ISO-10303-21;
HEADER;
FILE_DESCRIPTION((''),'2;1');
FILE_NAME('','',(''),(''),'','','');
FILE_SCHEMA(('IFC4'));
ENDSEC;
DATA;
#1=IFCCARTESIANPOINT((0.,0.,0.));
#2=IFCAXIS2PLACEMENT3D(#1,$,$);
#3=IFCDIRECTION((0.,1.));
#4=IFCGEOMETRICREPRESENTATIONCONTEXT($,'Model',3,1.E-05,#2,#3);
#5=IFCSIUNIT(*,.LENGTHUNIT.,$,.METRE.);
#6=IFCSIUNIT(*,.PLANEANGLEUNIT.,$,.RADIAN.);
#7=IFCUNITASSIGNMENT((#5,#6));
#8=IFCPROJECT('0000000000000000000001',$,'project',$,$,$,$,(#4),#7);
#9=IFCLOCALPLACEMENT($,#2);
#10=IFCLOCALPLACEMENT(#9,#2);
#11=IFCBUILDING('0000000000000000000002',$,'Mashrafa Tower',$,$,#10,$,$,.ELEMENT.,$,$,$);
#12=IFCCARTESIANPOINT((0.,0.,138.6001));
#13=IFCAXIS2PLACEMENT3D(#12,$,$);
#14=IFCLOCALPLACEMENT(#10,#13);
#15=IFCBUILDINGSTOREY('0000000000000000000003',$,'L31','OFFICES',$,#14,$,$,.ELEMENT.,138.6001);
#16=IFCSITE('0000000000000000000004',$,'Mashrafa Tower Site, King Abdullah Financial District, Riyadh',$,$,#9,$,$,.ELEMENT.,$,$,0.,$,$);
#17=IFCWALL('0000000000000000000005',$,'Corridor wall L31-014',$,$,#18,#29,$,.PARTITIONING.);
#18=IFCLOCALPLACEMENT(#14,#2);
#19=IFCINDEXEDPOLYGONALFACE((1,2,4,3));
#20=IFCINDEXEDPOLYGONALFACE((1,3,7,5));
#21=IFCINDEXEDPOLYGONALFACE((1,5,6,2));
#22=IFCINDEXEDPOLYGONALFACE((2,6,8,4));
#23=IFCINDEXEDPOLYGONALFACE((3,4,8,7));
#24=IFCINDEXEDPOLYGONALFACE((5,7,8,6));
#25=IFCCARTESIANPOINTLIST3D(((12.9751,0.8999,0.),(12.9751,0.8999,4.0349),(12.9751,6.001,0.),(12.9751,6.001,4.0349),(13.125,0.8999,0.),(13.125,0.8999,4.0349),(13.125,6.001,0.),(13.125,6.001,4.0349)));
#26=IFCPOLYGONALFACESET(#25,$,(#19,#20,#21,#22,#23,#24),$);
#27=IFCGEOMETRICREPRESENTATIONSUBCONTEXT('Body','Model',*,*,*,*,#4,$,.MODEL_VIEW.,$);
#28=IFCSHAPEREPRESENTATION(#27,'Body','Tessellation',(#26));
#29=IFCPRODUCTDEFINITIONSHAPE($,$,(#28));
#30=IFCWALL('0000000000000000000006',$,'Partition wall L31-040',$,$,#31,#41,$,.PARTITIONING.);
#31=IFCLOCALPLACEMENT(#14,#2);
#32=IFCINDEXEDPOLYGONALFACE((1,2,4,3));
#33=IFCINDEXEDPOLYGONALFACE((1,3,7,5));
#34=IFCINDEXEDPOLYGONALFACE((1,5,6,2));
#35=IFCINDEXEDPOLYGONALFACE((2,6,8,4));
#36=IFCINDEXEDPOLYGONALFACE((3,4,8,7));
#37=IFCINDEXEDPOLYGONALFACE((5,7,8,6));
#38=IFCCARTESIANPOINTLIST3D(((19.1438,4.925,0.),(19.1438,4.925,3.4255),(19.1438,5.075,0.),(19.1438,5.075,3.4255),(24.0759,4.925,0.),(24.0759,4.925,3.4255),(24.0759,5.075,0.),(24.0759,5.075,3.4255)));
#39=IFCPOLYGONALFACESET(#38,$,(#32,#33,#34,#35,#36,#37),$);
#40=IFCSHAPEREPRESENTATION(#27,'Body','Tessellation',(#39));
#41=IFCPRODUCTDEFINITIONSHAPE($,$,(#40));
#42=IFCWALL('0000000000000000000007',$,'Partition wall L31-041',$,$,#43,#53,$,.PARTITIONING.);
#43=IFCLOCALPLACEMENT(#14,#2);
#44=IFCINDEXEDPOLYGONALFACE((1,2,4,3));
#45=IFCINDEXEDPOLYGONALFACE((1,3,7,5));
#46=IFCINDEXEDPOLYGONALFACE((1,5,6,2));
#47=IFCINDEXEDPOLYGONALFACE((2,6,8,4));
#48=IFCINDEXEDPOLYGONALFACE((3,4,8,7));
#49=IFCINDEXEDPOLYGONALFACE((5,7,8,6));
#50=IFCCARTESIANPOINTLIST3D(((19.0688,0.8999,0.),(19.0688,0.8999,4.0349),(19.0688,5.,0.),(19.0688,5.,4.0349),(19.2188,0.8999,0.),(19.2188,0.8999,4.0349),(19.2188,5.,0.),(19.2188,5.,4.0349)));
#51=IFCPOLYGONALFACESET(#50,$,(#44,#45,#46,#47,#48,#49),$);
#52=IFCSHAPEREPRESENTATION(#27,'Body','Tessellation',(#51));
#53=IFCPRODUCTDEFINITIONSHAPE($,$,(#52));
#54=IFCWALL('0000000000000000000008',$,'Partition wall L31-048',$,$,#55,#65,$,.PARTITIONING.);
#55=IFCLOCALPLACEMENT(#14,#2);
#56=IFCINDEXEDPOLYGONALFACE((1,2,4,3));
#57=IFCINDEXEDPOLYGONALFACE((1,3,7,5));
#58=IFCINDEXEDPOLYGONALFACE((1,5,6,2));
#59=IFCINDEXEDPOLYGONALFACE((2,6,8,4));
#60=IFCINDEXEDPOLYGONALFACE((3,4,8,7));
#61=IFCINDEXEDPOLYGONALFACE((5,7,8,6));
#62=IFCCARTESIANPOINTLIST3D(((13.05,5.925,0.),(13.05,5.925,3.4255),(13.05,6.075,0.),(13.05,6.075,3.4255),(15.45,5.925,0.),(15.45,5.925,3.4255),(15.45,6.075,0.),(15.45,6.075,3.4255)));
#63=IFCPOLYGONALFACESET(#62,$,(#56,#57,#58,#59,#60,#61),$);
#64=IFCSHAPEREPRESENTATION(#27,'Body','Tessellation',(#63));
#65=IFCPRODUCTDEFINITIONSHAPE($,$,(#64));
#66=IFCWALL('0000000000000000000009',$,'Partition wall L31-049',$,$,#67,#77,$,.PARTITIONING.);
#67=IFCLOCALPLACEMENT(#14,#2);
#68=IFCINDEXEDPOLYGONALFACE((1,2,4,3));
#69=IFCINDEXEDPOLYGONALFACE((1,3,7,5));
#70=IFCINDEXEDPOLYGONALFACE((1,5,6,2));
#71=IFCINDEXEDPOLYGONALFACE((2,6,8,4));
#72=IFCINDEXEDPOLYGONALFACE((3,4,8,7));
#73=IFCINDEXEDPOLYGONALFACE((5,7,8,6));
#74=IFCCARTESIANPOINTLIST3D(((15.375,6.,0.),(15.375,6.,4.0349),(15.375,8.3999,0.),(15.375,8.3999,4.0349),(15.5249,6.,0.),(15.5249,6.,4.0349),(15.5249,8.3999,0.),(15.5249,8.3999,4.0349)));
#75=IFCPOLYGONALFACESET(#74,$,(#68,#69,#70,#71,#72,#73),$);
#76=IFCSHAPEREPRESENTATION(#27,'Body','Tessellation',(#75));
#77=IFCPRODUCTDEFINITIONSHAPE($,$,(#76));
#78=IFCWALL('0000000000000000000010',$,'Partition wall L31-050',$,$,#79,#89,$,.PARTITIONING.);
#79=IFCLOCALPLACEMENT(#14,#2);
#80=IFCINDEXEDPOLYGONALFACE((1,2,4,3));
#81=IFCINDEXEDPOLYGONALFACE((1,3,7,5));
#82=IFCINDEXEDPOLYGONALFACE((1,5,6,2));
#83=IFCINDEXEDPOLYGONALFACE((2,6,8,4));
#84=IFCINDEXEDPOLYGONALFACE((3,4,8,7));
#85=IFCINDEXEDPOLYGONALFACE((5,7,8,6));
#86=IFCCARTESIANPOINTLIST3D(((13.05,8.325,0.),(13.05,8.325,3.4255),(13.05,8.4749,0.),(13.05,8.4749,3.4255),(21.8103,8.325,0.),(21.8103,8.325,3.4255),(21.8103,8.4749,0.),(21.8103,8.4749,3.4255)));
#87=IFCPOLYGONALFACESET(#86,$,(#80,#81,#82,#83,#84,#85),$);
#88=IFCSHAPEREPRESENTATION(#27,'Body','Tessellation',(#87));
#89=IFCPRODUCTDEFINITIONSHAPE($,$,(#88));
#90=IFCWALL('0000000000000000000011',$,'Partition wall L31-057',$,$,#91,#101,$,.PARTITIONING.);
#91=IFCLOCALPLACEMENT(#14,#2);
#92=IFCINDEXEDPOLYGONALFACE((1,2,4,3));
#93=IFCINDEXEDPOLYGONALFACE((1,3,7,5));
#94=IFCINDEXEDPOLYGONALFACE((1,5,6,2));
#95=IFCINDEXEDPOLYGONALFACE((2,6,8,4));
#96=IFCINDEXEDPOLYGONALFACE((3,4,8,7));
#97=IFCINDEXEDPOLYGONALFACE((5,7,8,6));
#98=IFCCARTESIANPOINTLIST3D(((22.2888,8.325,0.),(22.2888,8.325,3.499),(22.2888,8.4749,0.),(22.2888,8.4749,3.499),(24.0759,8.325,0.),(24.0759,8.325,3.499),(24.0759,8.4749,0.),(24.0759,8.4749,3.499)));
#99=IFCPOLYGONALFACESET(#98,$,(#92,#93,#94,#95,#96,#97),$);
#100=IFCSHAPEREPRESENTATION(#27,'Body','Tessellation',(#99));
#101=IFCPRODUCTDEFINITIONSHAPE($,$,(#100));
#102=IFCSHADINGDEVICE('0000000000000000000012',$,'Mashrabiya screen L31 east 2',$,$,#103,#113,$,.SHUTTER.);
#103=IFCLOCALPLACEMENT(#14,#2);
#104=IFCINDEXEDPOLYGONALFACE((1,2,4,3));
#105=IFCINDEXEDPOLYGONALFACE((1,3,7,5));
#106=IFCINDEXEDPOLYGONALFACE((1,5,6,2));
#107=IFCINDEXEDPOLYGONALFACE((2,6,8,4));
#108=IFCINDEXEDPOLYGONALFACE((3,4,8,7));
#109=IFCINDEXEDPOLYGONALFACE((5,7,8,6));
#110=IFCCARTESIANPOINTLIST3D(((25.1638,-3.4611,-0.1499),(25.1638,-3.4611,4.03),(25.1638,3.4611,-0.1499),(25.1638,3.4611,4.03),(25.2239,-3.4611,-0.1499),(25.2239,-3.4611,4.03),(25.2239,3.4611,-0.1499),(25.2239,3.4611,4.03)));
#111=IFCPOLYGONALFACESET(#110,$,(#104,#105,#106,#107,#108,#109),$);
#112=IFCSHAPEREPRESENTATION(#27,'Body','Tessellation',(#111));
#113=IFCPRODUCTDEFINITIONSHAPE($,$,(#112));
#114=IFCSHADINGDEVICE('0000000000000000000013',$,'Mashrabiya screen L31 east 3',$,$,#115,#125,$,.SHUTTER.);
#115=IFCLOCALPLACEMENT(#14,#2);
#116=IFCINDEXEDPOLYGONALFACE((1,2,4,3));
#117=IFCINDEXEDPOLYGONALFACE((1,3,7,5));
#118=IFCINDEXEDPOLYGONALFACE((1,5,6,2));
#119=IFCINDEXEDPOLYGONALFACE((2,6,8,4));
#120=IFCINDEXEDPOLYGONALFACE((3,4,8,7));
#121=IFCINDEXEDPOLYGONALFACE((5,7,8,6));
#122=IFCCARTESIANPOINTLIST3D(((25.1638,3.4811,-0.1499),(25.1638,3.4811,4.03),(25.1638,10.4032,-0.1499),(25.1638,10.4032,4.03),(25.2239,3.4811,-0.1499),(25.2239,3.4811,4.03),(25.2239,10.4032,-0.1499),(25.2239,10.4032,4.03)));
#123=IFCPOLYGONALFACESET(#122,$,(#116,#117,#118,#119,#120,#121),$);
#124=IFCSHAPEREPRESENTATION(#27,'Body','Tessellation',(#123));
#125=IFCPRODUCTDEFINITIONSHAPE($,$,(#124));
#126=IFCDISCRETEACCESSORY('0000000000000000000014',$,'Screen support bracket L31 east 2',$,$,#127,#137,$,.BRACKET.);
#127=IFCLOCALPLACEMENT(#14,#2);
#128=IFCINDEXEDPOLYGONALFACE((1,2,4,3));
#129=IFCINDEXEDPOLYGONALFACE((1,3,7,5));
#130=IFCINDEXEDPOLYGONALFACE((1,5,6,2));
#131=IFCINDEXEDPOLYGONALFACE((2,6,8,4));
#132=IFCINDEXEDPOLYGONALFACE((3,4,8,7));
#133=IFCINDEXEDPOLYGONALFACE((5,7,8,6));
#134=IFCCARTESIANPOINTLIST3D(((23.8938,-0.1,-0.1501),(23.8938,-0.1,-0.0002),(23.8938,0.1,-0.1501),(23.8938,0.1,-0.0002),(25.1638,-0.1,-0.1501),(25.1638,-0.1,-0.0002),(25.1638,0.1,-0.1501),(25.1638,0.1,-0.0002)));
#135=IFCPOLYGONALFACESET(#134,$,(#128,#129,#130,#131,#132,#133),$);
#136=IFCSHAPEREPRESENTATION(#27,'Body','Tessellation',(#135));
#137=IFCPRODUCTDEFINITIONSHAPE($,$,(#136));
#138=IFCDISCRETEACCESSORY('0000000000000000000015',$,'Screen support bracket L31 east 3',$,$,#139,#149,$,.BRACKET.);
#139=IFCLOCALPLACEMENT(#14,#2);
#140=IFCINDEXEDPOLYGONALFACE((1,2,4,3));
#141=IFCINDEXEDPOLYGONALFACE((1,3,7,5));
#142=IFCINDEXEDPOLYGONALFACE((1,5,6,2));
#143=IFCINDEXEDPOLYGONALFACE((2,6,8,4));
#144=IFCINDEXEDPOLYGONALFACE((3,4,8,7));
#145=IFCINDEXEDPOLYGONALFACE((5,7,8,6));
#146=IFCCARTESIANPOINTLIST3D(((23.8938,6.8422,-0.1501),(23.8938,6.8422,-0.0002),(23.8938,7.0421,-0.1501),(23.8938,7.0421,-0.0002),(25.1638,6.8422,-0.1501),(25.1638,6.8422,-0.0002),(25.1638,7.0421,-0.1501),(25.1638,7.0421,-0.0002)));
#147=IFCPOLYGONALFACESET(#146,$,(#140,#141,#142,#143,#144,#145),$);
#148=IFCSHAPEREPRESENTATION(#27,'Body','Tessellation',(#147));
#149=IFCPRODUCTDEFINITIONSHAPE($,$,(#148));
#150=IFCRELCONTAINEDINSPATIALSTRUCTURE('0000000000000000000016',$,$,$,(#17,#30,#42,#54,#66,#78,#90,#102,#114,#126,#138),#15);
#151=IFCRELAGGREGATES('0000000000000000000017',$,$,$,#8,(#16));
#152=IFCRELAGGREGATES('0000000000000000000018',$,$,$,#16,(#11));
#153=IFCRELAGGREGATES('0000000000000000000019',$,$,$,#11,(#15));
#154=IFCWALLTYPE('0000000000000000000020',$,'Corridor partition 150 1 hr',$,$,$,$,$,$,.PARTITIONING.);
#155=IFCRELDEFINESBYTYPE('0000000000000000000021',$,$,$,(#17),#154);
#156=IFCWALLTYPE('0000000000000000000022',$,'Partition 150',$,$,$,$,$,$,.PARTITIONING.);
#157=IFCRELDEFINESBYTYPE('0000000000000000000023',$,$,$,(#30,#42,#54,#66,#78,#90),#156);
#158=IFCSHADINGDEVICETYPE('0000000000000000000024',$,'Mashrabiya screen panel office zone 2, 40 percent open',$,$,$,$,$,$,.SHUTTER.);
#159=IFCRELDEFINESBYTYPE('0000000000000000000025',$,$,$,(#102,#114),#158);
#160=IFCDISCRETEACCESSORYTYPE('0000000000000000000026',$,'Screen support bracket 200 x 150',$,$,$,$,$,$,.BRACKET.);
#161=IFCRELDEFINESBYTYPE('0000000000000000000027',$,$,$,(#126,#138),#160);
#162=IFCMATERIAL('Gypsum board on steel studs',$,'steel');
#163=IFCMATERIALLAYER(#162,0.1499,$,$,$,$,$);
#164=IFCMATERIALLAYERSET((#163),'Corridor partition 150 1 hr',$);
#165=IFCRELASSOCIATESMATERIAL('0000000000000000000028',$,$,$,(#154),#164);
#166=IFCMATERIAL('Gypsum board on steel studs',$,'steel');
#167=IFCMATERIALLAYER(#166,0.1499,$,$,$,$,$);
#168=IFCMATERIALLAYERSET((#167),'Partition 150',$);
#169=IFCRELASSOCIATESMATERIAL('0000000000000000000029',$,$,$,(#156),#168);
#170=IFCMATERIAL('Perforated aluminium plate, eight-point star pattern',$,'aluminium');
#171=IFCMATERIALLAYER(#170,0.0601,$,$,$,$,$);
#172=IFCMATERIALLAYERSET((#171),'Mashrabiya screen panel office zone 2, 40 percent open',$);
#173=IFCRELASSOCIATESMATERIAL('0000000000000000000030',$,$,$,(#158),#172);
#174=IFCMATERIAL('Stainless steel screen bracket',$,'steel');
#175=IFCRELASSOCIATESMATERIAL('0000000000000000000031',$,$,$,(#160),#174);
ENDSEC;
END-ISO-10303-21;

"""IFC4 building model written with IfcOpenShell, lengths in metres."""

from ifc_helpers import new_model, si_unit, direction, frame, frame_2d, origin, origin_2d, place, context, subcontext, project, spatial, rectangle, extrude, source, transform, mapped, material, layer, layer_set, type_object, type_shapes, element, save


model = new_model("IFC4")

# Units and contexts
model_context = context("Model", 3, precision=1e-05, world=origin(), true_north=direction((0.0, 1.0)))
body_context = subcontext(model_context, "Body", "Model", "MODEL_VIEW")
ifc_project = project(units=[si_unit("LENGTHUNIT", "METRE"), si_unit("PLANEANGLEUNIT", "RADIAN")], contexts=[model_context])

# Site, building, storey
site_placement = place(None, origin())
site = spatial("IfcSite", under=ifc_project, at=site_placement, Name="Mashrafa Tower Site, King Abdullah Financial District, Riyadh", CompositionType="ELEMENT", RefElevation=0.0)
building_placement = place(site_placement, origin())
building = spatial("IfcBuilding", under=site, at=building_placement, Name="Mashrafa Tower", CompositionType="ELEMENT")
storey_placement = place(building_placement, frame((0.0, 0.0, 138.6001)))
storey = spatial("IfcBuildingStorey", under=building, at=storey_placement, Name="L31", Description="OFFICES", CompositionType="ELEMENT", Elevation=138.6001)

# Shared definitions
ifc_material_1 = material(Name="Gypsum board on steel studs", Category="steel")
ifc_layer_1 = layer(ifc_material_1, 0.1499)
ifc_layer_set_1 = layer_set([ifc_layer_1], Name="Corridor partition 150 1 hr")
wall_type_1 = type_object("IfcWallType", Name="Corridor partition 150 1 hr", PredefinedType="PARTITIONING", material=ifc_layer_set_1)

# Wall
wall_1_placement = place(storey_placement, frame((13.05, 0.8999, 0.0), z_axis=(0.0, 0.0, 1.0), x_axis=(0.0, 1.0, 0.0)))
element("IfcWall", 1, at=wall_1_placement, inside=storey, type_object=wall_type_1, Name="Corridor wall L31-014", PredefinedType="PARTITIONING", context=body_context, shape_type="SweptSolid", body=[
    extrude(rectangle(XDim=5.1011, YDim=0.1499, at=frame_2d((2.5505, 0.0))), origin(), (0.0, 0.0, 1.0), 4.0349),
])

# Walls
ifc_material_2 = material(Name="Gypsum board on steel studs", Category="steel")
ifc_layer_2 = layer(ifc_material_2, 0.1499)
ifc_layer_set_2 = layer_set([ifc_layer_2], Name="Partition 150")
wall_type_2 = type_object("IfcWallType", Name="Partition 150", PredefinedType="PARTITIONING", material=ifc_layer_set_2)
wall_2_placement = place(storey_placement, frame((24.0759, 5.0, 0.0), z_axis=(0.0, 0.0, 1.0), x_axis=(-1.0, 0.0, 0.0)))
element("IfcWall", 2, at=wall_2_placement, inside=storey, type_object=wall_type_2, Name="Partition wall L31-040", PredefinedType="PARTITIONING", context=body_context, shape_type="SweptSolid", body=[
    extrude(rectangle(XDim=4.9321, YDim=0.1499, at=frame_2d((2.4661, 0.0))), origin(), (0.0, 0.0, 1.0), 3.4255),
])
wall_3_placement = place(storey_placement, frame((19.1438, 5.0, 0.0), z_axis=(0.0, 0.0, 1.0), x_axis=(0.0, -1.0, 0.0)))
element("IfcWall", 3, at=wall_3_placement, inside=storey, type_object=wall_type_2, Name="Partition wall L31-041", PredefinedType="PARTITIONING", context=body_context, shape_type="SweptSolid", body=[
    extrude(rectangle(XDim=4.1001, YDim=0.1499, at=frame_2d((2.05, 0.0))), origin(), (0.0, 0.0, 1.0), 4.0349),
])
wall_4_placement = place(storey_placement, frame((13.05, 6.0, 0.0), z_axis=(0.0, 0.0, 1.0), x_axis=(1.0, 0.0, 0.0)))
element("IfcWall", 4, at=wall_4_placement, inside=storey, type_object=wall_type_2, Name="Partition wall L31-048", PredefinedType="PARTITIONING", context=body_context, shape_type="SweptSolid", body=[
    extrude(rectangle(XDim=2.3999, YDim=0.1499, at=frame_2d((1.2, 0.0))), origin(), (0.0, 0.0, 1.0), 3.4255),
])
wall_5_placement = place(storey_placement, frame((15.45, 6.0, 0.0), z_axis=(0.0, 0.0, 1.0), x_axis=(0.0, 1.0, 0.0)))
element("IfcWall", 5, at=wall_5_placement, inside=storey, type_object=wall_type_2, Name="Partition wall L31-049", PredefinedType="PARTITIONING", context=body_context, shape_type="SweptSolid", body=[
    extrude(rectangle(XDim=2.3999, YDim=0.1499, at=frame_2d((1.2, 0.0))), origin(), (0.0, 0.0, 1.0), 4.0349),
])
wall_6_placement = place(storey_placement, frame((13.05, 8.3999, 0.0), z_axis=(0.0, 0.0, 1.0), x_axis=(1.0, 0.0, 0.0)))
element("IfcWall", 6, at=wall_6_placement, inside=storey, type_object=wall_type_2, Name="Partition wall L31-050", PredefinedType="PARTITIONING", context=body_context, shape_type="SweptSolid", body=[
    extrude(rectangle(XDim=8.7603, YDim=0.1499, at=frame_2d((4.3801, 0.0))), origin(), (0.0, 0.0, 1.0), 3.4255),
])
wall_7_placement = place(storey_placement, frame((24.0759, 8.3999, 0.0), z_axis=(0.0, 0.0, 1.0), x_axis=(-1.0, 0.0, 0.0)))
element("IfcWall", 7, at=wall_7_placement, inside=storey, type_object=wall_type_2, Name="Partition wall L31-057", PredefinedType="PARTITIONING", context=body_context, shape_type="SweptSolid", body=[
    extrude(rectangle(XDim=1.7871, YDim=0.1499, at=frame_2d((0.8936, 0.0))), origin(), (0.0, 0.0, 1.0), 3.499),
])

# Shading devices
ifc_material_3 = material(Name="Perforated aluminium plate, eight-point star pattern", Category="aluminium")
ifc_layer_3 = layer(ifc_material_3, 0.0601)
ifc_layer_set_3 = layer_set([ifc_layer_3], Name="Mashrabiya screen panel office zone 2, 40 percent open")
shading_device_type = type_object("IfcShadingDeviceType", Name="Mashrabiya screen panel office zone 2, 40 percent open", PredefinedType="SHUTTER", material=ifc_layer_set_3)
shared_shape_1 = source(origin(), body_context, "Body", "SweptSolid", [
    extrude(rectangle(XDim=6.9221, YDim=0.0601, at=origin_2d()), origin(), (0.0, 0.0, 1.0), 4.1799),
])
type_shapes(shading_device_type, [shared_shape_1])
for number, where, z_axis, x_axis, name in (
    (8, (25.1938, 0.0, -0.1499), (0.0, 0.0, 1.0), (0.0, 1.0, 0.0), "Mashrabiya screen L31 east 2"),
    (9, (25.1938, 6.9421, -0.1499), (0.0, 0.0, 1.0), (0.0, 1.0, 0.0), "Mashrabiya screen L31 east 3"),
):
    element("IfcShadingDevice", number, at=place(storey_placement, frame(where, z_axis=z_axis, x_axis=x_axis)), inside=storey, type_object=shading_device_type, Name=name, PredefinedType="SHUTTER", context=body_context, shape_type="MappedRepresentation", body=[
        mapped(shared_shape_1, transform((0.0, 0.0, 0.0))),
    ])

# Discrete accessories
ifc_material_4 = material(Name="Stainless steel screen bracket", Category="steel")
discrete_accessory_type = type_object("IfcDiscreteAccessoryType", Name="Screen support bracket 200 x 150", PredefinedType="BRACKET", material=ifc_material_4)
shared_shape_2 = source(origin(), body_context, "Body", "SweptSolid", [
    extrude(rectangle(XDim=0.2, YDim=1.27, at=origin_2d()), origin(), (0.0, 0.0, 1.0), 0.1499),
])
type_shapes(discrete_accessory_type, [shared_shape_2])
for number, where, z_axis, x_axis, name in (
    (10, (24.5288, 0.0, -0.1501), (0.0, 0.0, 1.0), (0.0, 1.0, 0.0), "Screen support bracket L31 east 2"),
    (11, (24.5288, 6.9421, -0.1501), (0.0, 0.0, 1.0), (0.0, 1.0, 0.0), "Screen support bracket L31 east 3"),
):
    element("IfcDiscreteAccessory", number, at=place(storey_placement, frame(where, z_axis=z_axis, x_axis=x_axis)), inside=storey, type_object=discrete_accessory_type, Name=name, PredefinedType="BRACKET", context=body_context, shape_type="MappedRepresentation", body=[
        mapped(shared_shape_2, transform((0.0, 0.0, 0.0))),
    ])

save(model, "model.ifc")
